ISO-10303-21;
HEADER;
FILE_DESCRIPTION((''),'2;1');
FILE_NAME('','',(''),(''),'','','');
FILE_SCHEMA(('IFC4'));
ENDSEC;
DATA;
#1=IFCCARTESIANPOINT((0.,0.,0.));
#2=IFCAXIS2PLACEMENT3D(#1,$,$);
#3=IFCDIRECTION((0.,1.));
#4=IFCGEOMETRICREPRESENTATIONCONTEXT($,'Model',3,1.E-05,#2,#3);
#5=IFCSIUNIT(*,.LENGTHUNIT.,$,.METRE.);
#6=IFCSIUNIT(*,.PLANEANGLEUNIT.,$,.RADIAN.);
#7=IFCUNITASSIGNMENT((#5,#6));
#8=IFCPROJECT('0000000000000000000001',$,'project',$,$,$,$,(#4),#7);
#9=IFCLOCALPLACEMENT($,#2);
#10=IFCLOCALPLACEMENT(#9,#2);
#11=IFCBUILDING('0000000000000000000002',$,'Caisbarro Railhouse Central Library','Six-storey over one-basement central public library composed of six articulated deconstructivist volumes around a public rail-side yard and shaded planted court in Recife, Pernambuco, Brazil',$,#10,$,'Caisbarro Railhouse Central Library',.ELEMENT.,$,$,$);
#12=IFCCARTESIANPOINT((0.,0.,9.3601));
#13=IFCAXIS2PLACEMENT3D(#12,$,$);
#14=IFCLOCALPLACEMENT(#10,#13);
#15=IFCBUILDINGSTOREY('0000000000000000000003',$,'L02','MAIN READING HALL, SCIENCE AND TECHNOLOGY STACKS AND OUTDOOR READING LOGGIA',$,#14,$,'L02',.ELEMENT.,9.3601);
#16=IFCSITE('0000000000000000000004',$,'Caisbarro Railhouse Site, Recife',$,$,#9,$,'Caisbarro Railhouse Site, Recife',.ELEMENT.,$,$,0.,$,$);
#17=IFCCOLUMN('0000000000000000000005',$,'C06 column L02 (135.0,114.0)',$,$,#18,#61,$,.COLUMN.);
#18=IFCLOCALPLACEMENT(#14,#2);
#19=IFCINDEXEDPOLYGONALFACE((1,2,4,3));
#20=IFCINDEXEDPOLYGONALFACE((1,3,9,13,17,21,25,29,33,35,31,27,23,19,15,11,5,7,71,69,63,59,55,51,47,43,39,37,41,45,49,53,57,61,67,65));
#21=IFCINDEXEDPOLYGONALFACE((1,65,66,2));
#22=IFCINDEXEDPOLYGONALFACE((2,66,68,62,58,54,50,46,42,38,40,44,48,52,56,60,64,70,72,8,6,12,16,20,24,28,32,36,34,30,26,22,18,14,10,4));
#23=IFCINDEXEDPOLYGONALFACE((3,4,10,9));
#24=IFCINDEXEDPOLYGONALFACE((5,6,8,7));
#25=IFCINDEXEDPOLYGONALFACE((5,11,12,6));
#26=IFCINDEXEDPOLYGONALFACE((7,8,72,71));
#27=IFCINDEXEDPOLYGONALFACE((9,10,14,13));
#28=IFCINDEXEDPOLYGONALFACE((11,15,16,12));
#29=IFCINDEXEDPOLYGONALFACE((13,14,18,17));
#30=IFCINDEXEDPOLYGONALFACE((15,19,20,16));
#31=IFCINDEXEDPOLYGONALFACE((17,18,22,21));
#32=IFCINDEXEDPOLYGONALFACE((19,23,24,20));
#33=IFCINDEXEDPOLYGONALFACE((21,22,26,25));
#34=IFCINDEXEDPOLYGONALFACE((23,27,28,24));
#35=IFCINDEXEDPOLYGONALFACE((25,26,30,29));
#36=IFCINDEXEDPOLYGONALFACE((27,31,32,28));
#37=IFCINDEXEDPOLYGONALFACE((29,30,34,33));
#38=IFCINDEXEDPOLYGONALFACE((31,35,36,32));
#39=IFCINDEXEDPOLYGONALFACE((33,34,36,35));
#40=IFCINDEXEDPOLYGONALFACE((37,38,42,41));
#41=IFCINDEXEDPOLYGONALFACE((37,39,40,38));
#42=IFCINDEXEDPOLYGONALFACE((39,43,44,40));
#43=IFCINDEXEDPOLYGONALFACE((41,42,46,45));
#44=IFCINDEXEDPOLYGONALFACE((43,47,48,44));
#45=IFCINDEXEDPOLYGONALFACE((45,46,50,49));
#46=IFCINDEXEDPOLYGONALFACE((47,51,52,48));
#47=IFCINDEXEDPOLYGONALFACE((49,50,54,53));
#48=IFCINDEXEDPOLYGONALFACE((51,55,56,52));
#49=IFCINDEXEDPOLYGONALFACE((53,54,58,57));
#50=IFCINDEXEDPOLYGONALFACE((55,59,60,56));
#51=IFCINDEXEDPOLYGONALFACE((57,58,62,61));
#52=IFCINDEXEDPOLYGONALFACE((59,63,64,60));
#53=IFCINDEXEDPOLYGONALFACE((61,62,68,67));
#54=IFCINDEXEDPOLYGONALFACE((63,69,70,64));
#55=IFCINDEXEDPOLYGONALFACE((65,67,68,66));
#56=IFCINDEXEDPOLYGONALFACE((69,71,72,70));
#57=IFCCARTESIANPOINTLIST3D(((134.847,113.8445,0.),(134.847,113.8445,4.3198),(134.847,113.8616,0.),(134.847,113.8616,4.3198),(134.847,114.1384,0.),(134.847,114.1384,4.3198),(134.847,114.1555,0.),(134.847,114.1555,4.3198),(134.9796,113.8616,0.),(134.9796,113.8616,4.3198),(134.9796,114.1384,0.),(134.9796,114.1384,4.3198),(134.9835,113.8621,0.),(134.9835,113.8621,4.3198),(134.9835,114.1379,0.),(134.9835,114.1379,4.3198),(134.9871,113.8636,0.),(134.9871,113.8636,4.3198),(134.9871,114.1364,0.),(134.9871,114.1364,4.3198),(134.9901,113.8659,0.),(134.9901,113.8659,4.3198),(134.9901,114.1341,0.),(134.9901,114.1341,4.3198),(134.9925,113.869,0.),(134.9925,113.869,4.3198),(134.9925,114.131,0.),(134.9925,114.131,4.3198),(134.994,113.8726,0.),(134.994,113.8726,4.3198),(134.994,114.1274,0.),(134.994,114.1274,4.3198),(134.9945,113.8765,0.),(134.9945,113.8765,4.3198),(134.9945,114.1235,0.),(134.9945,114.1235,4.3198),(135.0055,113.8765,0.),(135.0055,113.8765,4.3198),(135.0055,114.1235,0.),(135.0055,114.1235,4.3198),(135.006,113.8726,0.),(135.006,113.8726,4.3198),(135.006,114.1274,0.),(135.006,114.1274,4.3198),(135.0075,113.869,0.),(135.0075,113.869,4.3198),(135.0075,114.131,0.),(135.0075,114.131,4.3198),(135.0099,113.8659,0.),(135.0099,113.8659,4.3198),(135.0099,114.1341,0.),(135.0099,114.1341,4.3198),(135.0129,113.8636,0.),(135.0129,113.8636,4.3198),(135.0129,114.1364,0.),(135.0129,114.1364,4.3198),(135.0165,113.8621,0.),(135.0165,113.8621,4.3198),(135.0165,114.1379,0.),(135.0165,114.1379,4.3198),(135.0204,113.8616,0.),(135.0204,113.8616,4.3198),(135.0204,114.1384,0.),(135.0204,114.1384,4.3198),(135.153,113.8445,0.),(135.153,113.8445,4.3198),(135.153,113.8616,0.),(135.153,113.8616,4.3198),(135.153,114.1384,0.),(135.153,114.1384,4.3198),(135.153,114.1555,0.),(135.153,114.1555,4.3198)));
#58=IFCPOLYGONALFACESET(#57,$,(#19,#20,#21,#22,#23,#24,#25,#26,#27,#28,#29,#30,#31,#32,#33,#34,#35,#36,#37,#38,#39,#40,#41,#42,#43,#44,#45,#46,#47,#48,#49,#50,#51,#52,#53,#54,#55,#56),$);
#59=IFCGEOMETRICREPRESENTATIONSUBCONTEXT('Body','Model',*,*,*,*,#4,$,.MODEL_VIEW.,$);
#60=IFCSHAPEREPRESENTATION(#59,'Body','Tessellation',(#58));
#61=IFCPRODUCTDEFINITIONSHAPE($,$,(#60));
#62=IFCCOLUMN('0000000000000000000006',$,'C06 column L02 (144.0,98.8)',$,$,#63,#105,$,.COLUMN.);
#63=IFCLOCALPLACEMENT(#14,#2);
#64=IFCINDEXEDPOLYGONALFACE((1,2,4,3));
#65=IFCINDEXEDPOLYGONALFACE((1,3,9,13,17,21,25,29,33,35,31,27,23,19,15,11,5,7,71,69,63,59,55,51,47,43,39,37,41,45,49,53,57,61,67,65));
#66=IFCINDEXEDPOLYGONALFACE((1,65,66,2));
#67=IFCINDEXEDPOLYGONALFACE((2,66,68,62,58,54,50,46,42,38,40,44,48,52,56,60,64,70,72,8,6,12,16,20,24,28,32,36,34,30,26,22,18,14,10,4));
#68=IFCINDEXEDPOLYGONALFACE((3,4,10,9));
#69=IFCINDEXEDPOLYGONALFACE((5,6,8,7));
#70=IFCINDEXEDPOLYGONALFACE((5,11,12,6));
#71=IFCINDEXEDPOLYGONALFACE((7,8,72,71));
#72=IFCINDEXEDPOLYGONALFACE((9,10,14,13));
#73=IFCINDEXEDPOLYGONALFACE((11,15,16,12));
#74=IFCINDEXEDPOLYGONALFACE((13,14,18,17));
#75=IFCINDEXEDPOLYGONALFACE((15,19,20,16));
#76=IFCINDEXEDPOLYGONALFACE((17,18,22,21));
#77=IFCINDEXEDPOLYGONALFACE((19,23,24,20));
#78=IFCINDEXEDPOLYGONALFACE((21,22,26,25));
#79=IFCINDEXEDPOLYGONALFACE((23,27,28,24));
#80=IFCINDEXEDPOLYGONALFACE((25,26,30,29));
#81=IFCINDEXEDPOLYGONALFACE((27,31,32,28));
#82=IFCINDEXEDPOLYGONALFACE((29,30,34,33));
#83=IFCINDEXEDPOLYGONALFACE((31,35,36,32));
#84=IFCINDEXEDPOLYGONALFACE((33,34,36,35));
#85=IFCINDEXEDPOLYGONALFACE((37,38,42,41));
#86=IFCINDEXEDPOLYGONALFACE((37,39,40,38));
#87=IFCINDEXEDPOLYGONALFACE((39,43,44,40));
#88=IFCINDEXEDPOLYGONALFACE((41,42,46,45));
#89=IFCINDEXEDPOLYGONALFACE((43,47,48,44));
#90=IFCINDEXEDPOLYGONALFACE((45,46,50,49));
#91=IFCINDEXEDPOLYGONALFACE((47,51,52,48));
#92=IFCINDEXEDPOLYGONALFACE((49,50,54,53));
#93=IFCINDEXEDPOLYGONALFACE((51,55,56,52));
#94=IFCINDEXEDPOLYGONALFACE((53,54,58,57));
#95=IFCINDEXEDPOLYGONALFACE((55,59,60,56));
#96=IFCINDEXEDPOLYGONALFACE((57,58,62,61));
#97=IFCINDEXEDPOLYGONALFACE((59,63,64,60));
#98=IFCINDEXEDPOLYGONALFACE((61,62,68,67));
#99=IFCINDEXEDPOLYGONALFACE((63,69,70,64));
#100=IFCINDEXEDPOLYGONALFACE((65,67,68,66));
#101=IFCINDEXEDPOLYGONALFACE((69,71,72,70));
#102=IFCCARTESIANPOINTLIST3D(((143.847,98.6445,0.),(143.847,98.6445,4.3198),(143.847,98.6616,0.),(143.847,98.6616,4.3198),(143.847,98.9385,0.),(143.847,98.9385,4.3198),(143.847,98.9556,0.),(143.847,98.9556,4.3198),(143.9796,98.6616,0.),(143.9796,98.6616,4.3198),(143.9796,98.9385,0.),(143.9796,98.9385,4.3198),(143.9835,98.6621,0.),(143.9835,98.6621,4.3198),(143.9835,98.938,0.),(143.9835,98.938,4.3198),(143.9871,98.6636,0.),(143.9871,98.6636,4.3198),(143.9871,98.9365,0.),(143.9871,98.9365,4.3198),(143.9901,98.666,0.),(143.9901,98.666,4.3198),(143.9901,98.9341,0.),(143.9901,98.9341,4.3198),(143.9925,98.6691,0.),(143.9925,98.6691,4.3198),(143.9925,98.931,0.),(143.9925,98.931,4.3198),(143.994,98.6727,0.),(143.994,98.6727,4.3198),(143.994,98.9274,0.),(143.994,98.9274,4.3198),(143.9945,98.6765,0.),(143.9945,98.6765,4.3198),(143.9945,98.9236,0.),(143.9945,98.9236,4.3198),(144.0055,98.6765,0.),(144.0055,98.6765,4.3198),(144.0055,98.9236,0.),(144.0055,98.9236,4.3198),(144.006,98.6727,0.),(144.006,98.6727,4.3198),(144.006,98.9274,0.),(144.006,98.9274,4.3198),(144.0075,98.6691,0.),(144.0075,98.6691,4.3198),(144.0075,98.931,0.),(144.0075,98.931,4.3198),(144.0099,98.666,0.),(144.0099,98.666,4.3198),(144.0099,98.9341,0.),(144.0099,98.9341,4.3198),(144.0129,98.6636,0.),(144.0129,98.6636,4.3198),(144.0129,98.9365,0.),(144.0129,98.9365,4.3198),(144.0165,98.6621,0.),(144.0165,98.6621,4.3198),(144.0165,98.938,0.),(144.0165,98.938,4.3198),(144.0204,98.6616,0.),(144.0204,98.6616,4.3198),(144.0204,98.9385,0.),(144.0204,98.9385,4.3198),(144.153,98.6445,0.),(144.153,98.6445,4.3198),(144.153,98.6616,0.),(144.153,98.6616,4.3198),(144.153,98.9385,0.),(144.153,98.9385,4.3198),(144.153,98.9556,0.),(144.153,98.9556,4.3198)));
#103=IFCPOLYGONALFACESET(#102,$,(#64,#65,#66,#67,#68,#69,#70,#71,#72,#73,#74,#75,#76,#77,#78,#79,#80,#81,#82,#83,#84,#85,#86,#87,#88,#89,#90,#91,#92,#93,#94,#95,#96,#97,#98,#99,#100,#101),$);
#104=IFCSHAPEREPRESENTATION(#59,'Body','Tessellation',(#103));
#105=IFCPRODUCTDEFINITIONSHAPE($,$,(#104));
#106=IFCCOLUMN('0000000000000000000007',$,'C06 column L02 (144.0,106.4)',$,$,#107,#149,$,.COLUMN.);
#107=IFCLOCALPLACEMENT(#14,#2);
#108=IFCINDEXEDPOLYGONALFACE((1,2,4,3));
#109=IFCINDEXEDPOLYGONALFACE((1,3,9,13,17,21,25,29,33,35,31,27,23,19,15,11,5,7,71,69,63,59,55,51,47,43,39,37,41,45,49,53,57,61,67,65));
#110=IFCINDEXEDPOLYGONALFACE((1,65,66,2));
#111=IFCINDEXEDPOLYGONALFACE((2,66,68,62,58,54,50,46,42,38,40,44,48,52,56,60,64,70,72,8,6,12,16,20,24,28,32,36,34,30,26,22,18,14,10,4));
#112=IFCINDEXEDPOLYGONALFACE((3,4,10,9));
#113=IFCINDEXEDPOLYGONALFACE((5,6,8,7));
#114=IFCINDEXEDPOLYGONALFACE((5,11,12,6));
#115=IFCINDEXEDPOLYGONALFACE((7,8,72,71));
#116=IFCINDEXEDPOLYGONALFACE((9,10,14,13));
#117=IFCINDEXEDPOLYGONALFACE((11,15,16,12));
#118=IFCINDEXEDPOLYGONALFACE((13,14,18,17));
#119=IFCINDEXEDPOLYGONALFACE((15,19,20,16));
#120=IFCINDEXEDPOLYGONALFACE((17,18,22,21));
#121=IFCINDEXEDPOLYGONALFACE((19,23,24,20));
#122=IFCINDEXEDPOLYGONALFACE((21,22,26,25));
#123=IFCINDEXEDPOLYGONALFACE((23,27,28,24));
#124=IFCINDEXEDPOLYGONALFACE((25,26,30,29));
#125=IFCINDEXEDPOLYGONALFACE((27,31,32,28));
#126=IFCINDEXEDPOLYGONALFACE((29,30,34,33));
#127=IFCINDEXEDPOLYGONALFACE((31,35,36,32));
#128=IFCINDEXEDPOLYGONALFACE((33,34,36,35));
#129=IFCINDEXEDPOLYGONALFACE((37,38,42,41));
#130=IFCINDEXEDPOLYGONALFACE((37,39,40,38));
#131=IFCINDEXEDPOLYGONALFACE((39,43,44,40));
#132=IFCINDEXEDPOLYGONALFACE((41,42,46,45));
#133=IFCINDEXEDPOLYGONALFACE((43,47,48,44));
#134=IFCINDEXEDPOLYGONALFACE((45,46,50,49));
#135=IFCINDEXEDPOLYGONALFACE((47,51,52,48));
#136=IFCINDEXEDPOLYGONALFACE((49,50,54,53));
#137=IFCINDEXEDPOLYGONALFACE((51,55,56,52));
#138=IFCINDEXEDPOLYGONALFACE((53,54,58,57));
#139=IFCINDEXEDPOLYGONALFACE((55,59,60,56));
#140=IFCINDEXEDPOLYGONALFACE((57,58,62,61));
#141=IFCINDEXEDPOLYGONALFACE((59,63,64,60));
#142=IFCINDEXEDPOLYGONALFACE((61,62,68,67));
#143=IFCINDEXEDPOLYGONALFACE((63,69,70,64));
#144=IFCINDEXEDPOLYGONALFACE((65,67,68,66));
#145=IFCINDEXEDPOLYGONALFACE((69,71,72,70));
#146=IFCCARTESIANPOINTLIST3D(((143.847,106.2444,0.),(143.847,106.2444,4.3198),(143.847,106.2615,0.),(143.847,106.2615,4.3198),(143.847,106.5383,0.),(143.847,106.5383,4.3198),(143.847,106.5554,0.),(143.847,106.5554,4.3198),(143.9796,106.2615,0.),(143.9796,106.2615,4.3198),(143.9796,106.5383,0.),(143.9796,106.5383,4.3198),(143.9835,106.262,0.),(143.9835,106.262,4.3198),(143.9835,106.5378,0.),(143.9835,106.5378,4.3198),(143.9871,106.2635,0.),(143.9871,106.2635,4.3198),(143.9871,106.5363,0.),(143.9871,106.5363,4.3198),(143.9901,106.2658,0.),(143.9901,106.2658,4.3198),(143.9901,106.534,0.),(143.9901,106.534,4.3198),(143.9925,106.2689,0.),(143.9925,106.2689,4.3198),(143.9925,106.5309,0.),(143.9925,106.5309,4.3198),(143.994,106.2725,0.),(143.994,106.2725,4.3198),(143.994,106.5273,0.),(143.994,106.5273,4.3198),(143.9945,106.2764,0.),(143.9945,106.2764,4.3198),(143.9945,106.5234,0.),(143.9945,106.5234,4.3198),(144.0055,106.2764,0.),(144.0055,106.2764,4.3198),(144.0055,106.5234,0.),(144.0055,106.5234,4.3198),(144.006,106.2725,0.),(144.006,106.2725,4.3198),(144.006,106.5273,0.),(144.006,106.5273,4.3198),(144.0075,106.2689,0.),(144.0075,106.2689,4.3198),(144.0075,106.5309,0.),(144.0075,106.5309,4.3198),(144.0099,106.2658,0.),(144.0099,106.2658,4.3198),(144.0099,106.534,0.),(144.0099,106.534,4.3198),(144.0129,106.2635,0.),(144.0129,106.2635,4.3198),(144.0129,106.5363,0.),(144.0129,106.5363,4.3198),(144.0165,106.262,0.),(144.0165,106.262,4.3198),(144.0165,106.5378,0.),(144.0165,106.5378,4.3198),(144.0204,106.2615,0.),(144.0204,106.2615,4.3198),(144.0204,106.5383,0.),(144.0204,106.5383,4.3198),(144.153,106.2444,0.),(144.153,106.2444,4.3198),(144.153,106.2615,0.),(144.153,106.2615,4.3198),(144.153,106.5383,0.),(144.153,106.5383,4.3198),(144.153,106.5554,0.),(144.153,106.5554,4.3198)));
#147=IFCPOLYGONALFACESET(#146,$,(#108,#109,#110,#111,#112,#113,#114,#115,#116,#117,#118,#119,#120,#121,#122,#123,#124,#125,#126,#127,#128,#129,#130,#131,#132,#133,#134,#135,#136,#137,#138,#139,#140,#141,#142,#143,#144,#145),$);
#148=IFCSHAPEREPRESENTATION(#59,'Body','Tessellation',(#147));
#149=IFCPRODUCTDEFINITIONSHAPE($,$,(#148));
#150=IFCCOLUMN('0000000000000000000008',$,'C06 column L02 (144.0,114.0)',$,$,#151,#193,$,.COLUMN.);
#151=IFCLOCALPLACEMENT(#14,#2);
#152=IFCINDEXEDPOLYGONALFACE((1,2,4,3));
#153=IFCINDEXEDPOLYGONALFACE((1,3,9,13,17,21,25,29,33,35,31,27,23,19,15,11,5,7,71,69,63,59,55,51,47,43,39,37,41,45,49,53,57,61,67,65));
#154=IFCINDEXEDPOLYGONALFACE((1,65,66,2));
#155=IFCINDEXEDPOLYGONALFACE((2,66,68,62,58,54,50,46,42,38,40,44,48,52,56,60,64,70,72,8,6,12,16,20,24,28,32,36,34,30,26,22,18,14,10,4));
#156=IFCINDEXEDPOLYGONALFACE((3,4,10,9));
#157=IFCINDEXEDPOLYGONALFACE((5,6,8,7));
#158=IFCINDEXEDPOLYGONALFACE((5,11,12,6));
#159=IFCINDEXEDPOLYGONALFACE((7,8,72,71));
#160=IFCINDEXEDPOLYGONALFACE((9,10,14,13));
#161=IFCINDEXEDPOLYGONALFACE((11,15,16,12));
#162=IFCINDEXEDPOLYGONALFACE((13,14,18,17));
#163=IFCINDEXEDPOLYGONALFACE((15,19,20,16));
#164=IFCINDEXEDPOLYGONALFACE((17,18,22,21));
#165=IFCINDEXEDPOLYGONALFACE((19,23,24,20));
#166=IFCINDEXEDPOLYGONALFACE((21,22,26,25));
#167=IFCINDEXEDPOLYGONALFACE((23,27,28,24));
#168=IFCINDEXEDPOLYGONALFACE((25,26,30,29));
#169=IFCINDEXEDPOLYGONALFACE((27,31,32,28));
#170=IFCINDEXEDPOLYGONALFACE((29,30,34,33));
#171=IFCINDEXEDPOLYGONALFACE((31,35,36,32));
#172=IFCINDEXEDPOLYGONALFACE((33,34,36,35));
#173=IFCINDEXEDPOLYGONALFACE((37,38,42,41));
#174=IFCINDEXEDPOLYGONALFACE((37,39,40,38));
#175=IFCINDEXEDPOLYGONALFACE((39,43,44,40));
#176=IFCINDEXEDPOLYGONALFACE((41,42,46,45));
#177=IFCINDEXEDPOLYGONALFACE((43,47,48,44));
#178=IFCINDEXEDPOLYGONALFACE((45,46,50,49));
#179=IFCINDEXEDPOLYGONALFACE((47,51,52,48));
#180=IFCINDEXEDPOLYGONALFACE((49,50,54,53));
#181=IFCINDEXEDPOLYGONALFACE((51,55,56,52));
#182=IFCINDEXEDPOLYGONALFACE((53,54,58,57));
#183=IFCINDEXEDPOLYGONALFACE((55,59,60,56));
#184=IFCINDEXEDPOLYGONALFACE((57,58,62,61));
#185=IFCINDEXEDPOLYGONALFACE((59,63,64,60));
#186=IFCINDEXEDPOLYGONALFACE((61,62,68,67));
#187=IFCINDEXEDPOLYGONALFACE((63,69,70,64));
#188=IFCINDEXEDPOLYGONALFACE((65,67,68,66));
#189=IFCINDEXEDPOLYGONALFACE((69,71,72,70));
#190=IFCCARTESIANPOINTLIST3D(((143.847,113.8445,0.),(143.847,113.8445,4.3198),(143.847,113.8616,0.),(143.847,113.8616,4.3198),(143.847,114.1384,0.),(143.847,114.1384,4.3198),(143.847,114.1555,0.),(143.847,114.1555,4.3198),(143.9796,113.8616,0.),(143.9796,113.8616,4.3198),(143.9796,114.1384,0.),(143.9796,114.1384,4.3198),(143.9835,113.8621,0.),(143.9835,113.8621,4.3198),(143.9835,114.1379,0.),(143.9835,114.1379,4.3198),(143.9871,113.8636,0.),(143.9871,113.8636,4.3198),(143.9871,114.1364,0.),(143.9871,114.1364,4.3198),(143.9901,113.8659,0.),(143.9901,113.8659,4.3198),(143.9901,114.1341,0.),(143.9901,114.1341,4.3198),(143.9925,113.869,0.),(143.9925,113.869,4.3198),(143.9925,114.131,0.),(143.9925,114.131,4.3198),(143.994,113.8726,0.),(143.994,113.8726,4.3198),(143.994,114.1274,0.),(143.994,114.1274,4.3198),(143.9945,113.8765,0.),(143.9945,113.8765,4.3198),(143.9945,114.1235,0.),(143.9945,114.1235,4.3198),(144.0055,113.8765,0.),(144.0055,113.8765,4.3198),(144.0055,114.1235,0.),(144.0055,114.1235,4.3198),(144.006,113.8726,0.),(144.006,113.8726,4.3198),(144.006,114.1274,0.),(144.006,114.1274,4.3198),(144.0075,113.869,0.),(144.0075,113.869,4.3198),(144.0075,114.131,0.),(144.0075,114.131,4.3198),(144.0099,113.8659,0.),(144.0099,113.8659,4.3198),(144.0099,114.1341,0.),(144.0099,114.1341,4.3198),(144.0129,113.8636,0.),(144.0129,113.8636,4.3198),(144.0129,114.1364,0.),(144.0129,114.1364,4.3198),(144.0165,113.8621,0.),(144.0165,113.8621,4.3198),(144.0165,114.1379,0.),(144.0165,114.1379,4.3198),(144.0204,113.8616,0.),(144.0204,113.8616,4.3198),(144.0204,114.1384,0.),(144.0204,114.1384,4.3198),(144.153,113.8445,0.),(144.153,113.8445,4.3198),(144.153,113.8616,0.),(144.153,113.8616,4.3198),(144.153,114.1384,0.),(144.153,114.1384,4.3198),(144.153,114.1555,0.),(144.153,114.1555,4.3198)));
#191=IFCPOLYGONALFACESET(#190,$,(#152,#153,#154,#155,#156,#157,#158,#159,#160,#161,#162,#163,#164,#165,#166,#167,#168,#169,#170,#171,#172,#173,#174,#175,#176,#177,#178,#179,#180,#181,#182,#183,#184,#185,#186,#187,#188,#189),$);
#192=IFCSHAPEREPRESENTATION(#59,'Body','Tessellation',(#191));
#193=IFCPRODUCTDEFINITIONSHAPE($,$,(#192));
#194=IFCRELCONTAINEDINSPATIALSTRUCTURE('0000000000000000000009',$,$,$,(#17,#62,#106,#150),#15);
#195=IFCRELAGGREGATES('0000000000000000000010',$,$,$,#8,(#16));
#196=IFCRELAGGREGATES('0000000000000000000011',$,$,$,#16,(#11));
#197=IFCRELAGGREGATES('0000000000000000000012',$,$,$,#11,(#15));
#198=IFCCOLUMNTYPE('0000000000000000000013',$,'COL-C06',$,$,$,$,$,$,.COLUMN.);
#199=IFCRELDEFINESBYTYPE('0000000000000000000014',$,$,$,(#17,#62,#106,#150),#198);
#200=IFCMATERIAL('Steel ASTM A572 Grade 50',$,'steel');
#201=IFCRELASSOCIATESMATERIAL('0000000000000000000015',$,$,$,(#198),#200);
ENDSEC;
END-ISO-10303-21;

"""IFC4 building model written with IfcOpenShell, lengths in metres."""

from ifc_helpers import new_model, si_unit, direction, frame, origin, origin_2d, place, context, subcontext, project, spatial, i_section, extrude, material, material_profile, profile_set, type_object, element, save


model = new_model("IFC4")

# Units and contexts
model_context = context("Model", 3, precision=1e-05, world=origin(), true_north=direction((0.0, 1.0)))
body_context = subcontext(model_context, "Body", "Model", "MODEL_VIEW")
ifc_project = project(units=[si_unit("LENGTHUNIT", "METRE"), si_unit("PLANEANGLEUNIT", "RADIAN")], contexts=[model_context])

# Site, building, storey
site_placement = place(None, origin())
site = spatial("IfcSite", under=ifc_project, at=site_placement, Name="Caisbarro Railhouse Site, Recife", LongName="Caisbarro Railhouse Site, Recife", CompositionType="ELEMENT", RefElevation=0.0)
building_placement = place(site_placement, origin())
building = spatial("IfcBuilding", under=site, at=building_placement, Name="Caisbarro Railhouse Central Library", Description="Six-storey over one-basement central public library composed of six articulated deconstructivist volumes around a public rail-side yard and shaded planted court in Recife, Pernambuco, Brazil", LongName="Caisbarro Railhouse Central Library", CompositionType="ELEMENT")
storey_placement = place(building_placement, frame((0.0, 0.0, 9.3601)))
storey = spatial("IfcBuildingStorey", under=building, at=storey_placement, Name="L02", Description="MAIN READING HALL, SCIENCE AND TECHNOLOGY STACKS AND OUTDOOR READING LOGGIA", LongName="L02", CompositionType="ELEMENT", Elevation=9.3601)

# Columns
ifc_material_1 = material(Name="Steel ASTM A572 Grade 50", Category="steel")
ifc_material_profile_1 = material_profile(ifc_material_1, i_section(OverallWidth=0.3059, OverallDepth=0.311, WebThickness=0.011, FlangeThickness=0.0171, FilletRadius=0.0149, at=origin_2d()), Name="W310X107.0")
ifc_profile_set_1 = profile_set([ifc_material_profile_1], Name="Steel ASTM A572 Grade 50")
column_type = type_object("IfcColumnType", Name="COL-C06", PredefinedType="COLUMN", material=ifc_profile_set_1)
for number, where, z_axis, x_axis, name in (
    (1, (135.0, 114.0, 0.0), (0.0, 0.0, 1.0), (1.0, 0.0, 0.0), "C06 column L02 (135.0,114.0)"),
    (2, (144.0, 98.8, 0.0), (0.0, 0.0, 1.0), (1.0, 0.0, 0.0), "C06 column L02 (144.0,98.8)"),
    (3, (144.0, 106.3999, 0.0), (0.0, 0.0, 1.0), (1.0, 0.0, 0.0), "C06 column L02 (144.0,106.4)"),
    (4, (144.0, 114.0, 0.0), (0.0, 0.0, 1.0), (1.0, 0.0, 0.0), "C06 column L02 (144.0,114.0)"),
):
    element("IfcColumn", number, at=place(storey_placement, frame(where, z_axis=z_axis, x_axis=x_axis)), inside=storey, type_object=column_type, Name=name, PredefinedType="COLUMN", context=body_context, shape_type="SweptSolid", body=[
        extrude(i_section(OverallWidth=0.3059, OverallDepth=0.311, WebThickness=0.011, FlangeThickness=0.0171, FilletRadius=0.0149, at=origin_2d()), origin(), (0.0, 0.0, 1.0), 4.3198),
    ])

save(model, "model.ifc")
